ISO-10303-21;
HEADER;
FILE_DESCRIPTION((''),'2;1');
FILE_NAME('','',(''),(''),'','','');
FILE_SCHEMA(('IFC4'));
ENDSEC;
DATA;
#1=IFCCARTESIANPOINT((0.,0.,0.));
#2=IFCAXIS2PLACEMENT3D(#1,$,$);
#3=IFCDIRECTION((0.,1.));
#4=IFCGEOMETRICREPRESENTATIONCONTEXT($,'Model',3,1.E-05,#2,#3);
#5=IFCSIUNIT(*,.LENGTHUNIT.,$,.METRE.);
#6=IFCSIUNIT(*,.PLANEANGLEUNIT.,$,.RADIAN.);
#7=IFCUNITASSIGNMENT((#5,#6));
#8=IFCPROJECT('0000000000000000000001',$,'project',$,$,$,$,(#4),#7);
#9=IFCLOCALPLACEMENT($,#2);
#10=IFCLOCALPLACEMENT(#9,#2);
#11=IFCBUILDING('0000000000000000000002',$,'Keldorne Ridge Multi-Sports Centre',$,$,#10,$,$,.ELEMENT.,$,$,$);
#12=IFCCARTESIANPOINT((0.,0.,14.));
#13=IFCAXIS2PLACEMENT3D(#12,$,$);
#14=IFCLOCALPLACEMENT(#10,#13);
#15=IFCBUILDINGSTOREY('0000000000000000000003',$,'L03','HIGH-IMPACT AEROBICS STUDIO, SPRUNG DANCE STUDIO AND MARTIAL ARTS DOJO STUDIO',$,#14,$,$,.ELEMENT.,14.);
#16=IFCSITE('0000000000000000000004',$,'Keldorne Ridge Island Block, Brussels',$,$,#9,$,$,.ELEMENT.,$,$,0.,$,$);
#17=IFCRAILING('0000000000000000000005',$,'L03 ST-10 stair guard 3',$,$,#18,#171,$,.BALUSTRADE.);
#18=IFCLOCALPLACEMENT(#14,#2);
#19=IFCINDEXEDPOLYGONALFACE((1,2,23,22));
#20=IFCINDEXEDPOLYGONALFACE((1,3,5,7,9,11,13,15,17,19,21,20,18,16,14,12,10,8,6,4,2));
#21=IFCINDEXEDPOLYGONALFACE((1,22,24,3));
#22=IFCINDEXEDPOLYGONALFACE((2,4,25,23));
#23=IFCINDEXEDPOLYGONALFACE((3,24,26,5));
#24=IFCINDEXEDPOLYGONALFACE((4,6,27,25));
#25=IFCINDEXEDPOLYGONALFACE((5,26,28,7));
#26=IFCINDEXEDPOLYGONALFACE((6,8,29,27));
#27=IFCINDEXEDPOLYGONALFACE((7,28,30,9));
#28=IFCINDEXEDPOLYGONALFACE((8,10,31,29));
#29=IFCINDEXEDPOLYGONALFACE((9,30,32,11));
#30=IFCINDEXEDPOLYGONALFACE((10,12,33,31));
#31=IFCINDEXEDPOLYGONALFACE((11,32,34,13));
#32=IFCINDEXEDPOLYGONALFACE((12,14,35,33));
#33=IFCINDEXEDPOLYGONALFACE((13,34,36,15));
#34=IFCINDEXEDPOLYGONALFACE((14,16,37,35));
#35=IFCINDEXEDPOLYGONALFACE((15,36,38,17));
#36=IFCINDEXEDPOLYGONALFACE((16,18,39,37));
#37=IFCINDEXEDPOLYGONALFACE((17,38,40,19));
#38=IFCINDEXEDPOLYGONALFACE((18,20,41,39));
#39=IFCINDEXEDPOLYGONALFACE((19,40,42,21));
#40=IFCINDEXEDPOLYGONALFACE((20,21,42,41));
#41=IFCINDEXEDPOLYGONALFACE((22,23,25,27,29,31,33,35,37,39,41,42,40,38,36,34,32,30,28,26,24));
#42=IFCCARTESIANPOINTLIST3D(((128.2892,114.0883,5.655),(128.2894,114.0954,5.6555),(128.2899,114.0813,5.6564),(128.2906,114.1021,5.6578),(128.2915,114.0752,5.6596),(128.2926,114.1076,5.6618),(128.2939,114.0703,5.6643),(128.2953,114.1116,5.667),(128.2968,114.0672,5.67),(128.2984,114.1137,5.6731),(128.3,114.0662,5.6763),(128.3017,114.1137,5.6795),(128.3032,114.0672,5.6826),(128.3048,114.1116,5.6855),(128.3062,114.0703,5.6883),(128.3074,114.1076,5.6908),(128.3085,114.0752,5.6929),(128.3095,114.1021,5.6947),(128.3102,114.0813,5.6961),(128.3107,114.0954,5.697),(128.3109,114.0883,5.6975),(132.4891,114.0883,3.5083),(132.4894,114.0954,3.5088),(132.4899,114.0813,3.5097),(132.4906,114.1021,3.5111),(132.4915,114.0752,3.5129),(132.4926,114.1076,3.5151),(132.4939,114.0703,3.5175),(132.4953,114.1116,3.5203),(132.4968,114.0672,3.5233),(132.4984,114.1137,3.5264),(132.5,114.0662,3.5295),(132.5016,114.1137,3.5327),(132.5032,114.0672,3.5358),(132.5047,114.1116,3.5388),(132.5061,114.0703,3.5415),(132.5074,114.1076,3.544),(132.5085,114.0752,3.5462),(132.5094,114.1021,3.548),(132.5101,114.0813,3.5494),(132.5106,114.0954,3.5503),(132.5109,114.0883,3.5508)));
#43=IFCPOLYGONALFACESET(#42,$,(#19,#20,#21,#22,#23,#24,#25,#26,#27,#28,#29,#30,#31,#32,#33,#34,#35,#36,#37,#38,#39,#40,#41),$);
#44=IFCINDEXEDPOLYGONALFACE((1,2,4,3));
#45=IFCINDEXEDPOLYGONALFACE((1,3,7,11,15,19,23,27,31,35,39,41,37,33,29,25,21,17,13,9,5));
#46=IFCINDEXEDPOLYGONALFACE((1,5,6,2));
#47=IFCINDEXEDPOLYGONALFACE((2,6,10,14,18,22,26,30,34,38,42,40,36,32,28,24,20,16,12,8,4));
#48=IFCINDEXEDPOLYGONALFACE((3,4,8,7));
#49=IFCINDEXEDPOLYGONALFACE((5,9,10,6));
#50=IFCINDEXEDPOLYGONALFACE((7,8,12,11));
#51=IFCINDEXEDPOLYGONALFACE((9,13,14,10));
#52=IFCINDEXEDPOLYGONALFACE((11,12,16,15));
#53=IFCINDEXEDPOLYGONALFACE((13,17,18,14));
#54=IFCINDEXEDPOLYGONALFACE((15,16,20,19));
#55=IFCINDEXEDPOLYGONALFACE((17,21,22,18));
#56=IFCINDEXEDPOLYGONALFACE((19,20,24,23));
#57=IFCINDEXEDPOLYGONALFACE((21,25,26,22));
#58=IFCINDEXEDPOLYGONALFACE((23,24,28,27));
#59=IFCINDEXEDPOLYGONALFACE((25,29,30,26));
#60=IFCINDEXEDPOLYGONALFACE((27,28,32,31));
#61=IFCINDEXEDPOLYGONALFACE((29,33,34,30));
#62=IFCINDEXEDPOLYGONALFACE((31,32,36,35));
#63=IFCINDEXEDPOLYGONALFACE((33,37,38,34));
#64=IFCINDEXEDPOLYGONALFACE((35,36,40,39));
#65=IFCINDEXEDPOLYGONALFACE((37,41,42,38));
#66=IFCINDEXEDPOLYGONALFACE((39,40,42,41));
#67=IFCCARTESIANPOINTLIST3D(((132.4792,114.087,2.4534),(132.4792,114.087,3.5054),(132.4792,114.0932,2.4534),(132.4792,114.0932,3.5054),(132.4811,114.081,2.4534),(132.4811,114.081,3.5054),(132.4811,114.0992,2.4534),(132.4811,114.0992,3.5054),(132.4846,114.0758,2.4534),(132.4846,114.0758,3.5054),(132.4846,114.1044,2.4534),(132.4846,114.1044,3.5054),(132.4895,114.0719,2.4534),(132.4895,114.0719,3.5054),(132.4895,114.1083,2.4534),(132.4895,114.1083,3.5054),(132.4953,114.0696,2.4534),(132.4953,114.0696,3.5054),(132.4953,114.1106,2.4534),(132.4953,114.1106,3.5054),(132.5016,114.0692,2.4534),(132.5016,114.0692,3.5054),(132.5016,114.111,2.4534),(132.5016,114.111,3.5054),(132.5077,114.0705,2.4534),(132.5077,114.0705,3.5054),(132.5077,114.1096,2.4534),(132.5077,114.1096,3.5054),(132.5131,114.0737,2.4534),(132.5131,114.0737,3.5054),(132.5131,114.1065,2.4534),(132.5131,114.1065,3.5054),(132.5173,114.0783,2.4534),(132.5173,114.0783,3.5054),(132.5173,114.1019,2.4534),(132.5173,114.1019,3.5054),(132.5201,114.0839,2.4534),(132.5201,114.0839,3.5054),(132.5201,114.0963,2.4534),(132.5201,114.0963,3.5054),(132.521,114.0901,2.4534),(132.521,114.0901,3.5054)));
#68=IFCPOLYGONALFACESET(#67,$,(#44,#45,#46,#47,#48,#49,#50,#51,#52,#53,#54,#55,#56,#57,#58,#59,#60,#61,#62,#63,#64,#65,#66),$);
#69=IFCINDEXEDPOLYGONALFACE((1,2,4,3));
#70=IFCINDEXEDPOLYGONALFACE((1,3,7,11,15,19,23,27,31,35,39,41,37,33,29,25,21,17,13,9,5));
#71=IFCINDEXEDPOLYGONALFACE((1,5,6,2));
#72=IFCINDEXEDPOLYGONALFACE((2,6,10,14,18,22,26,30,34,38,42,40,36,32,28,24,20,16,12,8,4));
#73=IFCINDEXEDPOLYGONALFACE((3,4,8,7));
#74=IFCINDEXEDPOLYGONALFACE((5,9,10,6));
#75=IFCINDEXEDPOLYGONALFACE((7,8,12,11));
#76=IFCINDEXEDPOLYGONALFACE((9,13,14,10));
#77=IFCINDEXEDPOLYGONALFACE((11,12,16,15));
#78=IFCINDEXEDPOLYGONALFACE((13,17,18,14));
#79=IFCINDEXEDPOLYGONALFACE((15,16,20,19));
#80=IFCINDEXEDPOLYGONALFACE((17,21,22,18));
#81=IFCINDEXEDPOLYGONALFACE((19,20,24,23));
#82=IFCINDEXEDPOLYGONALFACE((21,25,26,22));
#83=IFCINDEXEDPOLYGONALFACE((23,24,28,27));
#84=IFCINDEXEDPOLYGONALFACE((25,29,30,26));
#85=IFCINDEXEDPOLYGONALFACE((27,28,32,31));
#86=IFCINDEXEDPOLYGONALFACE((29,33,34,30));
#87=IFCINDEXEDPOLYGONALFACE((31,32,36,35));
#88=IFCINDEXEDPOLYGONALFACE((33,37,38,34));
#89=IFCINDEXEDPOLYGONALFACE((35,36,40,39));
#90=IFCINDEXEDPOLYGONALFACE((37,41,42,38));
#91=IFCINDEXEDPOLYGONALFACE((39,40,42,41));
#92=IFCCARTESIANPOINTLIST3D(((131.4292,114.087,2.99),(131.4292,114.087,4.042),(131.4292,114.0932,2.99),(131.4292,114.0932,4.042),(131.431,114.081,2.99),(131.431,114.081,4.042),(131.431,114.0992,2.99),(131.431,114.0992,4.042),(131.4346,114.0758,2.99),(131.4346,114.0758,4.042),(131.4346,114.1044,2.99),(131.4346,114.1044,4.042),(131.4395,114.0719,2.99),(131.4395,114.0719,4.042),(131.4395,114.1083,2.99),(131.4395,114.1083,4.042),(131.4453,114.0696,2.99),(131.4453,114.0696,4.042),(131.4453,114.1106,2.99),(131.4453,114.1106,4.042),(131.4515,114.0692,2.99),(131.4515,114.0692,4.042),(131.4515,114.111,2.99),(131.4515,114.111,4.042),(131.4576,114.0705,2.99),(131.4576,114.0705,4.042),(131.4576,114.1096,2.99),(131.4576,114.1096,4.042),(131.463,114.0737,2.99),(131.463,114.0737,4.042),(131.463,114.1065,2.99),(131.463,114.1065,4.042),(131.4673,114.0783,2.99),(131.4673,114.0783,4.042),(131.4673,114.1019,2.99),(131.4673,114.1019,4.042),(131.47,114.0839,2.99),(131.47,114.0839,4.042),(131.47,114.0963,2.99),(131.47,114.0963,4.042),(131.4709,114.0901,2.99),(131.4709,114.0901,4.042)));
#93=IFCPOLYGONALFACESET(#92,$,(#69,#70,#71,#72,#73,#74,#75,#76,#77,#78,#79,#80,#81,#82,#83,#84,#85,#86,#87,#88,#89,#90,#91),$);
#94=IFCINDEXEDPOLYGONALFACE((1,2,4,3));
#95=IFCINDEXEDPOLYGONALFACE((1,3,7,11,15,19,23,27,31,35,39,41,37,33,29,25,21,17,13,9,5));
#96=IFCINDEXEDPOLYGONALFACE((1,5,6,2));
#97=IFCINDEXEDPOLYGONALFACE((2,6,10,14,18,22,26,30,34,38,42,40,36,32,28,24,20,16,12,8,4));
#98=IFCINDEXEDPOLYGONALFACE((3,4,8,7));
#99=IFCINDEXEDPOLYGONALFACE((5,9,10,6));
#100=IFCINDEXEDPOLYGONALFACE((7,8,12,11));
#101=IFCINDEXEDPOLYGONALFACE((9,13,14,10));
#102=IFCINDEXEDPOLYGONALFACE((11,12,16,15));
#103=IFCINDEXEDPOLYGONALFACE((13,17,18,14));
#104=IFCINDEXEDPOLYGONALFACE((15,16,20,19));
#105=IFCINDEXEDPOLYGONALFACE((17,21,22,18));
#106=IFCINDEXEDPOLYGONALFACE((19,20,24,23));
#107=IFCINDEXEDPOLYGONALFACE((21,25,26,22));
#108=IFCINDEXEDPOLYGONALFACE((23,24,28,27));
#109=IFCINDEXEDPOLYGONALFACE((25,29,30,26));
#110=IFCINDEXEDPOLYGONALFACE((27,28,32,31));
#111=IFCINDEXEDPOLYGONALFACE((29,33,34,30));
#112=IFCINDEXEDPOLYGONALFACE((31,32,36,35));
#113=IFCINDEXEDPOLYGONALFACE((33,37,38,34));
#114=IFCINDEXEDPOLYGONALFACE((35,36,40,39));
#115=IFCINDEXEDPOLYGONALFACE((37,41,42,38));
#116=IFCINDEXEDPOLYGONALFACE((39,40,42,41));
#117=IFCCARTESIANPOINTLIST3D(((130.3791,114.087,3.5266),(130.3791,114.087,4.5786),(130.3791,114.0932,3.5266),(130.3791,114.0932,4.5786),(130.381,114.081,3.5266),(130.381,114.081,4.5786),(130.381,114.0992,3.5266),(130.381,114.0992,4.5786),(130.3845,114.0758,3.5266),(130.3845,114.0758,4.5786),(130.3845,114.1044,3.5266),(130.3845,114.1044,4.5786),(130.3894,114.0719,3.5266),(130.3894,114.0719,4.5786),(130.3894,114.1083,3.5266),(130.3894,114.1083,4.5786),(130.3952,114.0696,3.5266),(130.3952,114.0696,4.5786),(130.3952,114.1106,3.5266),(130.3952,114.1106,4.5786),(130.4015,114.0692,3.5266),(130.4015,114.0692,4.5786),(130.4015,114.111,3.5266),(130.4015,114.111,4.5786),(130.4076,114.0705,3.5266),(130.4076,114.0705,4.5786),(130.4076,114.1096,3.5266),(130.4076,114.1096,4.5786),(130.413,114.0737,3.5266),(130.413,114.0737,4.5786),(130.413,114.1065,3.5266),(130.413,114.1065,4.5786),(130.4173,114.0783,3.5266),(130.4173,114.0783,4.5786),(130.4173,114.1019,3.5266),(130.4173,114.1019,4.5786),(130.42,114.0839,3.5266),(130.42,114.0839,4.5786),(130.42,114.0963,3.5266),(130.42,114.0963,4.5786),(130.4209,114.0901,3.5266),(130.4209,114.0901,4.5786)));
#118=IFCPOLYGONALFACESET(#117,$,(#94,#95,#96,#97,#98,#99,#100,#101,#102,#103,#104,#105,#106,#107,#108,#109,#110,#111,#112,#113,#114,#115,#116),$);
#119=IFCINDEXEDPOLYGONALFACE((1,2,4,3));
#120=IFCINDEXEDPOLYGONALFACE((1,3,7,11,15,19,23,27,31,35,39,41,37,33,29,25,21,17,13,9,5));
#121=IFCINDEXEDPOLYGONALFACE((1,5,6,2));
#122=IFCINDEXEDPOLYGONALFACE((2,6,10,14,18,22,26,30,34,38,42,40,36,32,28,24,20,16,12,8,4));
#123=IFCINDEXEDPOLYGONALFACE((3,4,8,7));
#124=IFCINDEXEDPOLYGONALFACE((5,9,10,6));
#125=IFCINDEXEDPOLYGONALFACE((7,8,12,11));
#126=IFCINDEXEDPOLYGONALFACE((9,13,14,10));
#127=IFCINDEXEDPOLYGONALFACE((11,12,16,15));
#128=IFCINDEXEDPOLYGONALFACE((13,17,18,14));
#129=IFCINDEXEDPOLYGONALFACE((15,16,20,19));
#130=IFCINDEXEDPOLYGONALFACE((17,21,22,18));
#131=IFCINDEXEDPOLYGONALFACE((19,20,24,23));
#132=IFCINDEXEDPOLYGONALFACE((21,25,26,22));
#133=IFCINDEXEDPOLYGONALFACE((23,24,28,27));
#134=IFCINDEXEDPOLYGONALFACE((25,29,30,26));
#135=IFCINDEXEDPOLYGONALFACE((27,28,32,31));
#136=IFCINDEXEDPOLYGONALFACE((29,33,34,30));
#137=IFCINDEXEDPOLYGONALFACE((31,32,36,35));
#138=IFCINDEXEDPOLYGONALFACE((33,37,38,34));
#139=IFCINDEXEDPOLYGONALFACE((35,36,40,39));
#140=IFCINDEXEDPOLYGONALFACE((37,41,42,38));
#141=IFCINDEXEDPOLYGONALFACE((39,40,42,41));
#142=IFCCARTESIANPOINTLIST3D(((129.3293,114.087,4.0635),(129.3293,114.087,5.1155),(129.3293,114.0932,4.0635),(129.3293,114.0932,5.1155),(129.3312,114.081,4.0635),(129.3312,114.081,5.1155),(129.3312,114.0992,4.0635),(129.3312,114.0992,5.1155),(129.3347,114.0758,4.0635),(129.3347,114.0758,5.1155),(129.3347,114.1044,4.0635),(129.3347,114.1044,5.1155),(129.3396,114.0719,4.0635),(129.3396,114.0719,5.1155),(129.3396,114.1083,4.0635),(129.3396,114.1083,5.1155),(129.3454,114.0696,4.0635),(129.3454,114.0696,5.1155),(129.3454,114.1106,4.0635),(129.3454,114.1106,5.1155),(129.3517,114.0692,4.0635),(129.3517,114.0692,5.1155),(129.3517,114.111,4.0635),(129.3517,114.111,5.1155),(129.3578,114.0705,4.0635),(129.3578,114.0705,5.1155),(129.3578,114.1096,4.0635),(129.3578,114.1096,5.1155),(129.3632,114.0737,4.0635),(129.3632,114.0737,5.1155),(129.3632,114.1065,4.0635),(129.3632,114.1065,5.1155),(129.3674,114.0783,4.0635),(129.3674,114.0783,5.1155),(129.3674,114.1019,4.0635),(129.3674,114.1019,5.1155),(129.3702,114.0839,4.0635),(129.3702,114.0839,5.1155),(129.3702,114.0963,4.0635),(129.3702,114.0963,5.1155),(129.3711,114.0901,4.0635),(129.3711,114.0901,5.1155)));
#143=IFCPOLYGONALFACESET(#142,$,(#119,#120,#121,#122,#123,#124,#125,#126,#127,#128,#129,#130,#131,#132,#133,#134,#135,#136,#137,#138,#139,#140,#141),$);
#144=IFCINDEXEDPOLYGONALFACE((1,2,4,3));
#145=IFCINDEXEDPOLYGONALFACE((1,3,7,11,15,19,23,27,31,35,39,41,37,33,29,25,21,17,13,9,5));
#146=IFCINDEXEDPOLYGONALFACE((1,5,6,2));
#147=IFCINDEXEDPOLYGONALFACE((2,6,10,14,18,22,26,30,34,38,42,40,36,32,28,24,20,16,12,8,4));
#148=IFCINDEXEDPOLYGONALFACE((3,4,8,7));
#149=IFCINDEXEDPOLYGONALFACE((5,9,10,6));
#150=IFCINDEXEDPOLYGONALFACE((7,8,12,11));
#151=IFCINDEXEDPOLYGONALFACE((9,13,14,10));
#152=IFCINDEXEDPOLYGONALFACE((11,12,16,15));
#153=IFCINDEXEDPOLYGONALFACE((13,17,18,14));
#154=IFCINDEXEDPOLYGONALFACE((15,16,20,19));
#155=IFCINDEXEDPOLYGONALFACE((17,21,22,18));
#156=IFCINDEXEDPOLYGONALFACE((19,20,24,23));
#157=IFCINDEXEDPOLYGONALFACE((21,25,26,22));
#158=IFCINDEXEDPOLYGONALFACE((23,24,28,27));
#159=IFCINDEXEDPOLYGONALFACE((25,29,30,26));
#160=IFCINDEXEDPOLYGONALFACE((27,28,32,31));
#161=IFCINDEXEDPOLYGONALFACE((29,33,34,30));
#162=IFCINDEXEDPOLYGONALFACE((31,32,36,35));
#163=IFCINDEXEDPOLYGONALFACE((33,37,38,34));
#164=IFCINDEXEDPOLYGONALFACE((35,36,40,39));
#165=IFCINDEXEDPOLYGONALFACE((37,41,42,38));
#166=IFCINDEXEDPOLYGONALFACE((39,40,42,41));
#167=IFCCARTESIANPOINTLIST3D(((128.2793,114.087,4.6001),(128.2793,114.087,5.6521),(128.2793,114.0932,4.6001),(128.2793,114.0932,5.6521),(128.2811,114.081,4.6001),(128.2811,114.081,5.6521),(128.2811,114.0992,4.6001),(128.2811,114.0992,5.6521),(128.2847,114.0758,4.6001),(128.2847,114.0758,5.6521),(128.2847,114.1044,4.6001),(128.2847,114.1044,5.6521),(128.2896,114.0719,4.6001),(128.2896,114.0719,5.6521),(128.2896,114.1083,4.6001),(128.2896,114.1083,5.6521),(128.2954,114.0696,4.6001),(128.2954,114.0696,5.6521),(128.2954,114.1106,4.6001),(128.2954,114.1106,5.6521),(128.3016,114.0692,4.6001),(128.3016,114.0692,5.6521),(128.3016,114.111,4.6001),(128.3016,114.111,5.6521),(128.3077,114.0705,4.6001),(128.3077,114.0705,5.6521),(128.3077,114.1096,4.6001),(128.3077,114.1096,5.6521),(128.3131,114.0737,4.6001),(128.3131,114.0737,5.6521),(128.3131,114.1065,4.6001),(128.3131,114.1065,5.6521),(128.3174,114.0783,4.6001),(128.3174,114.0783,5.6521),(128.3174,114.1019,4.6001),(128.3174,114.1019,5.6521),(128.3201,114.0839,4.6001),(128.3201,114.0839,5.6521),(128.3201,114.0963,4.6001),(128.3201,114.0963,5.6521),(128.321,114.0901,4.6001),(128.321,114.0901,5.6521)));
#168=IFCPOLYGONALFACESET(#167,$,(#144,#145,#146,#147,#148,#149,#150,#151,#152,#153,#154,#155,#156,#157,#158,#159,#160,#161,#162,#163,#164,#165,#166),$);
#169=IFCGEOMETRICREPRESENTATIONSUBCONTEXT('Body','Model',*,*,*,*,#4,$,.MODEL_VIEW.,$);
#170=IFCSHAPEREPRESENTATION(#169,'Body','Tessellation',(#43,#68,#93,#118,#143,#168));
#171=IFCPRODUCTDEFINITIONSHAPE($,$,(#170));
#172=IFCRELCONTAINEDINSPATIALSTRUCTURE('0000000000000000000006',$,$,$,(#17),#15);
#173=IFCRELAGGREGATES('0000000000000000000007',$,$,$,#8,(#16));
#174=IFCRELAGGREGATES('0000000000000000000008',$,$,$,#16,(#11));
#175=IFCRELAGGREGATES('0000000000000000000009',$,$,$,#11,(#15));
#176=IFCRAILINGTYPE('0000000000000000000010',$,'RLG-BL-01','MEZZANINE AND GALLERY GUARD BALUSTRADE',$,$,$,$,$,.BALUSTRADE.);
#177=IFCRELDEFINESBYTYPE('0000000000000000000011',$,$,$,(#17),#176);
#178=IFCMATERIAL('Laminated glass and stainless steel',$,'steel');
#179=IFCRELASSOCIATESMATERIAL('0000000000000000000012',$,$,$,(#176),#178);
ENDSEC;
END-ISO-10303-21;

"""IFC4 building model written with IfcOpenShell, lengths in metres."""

from ifc_helpers import new_model, si_unit, direction, frame, origin, origin_2d, place, context, subcontext, project, spatial, circle, extrude, material, type_object, element, save


model = new_model("IFC4")

# Units and contexts
model_context = context("Model", 3, precision=1e-05, world=origin(), true_north=direction((0.0, 1.0)))
body_context = subcontext(model_context, "Body", "Model", "MODEL_VIEW")
ifc_project = project(units=[si_unit("LENGTHUNIT", "METRE"), si_unit("PLANEANGLEUNIT", "RADIAN")], contexts=[model_context])

# Site, building, storey
site_placement = place(None, origin())
site = spatial("IfcSite", under=ifc_project, at=site_placement, Name="Keldorne Ridge Island Block, Brussels", CompositionType="ELEMENT", RefElevation=0.0)
building_placement = place(site_placement, origin())
building = spatial("IfcBuilding", under=site, at=building_placement, Name="Keldorne Ridge Multi-Sports Centre", CompositionType="ELEMENT")
storey_placement = place(building_placement, frame((0.0, 0.0, 14.0)))
storey = spatial("IfcBuildingStorey", under=building, at=storey_placement, Name="L03", Description="HIGH-IMPACT AEROBICS STUDIO, SPRUNG DANCE STUDIO AND MARTIAL ARTS DOJO STUDIO", CompositionType="ELEMENT", Elevation=14.0)

# Railing
ifc_material_1 = material(Name="Laminated glass and stainless steel", Category="steel")
railing_type_1 = type_object("IfcRailingType", Name="RLG-BL-01", Description="MEZZANINE AND GALLERY GUARD BALUSTRADE", PredefinedType="BALUSTRADE", material=ifc_material_1)
railing_1_placement = place(storey_placement, frame((132.5, 114.0901, 2.4534)))
element("IfcRailing", 1, at=railing_1_placement, inside=storey, type_object=railing_type_1, Name="L03 ST-10 stair guard 3", PredefinedType="BALUSTRADE", context=body_context, shape_type="SweptSolid", body=[
    extrude(circle(Radius=0.0239, at=origin_2d()), frame((0.0, 0.0, 1.0762), z_axis=(-0.890427, 0.0, 0.455126), x_axis=(0.0, -1.0, 0.0)), (0.0, 0.0, 1.0), 4.7168),
    extrude(circle(Radius=0.021, at=origin_2d()), origin(), (0.0, 0.0, 1.0), 1.052),
    extrude(circle(Radius=0.021, at=origin_2d()), frame((-1.05, 0.0, 0.5366)), (0.0, 0.0, 1.0), 1.052),
    extrude(circle(Radius=0.021, at=origin_2d()), frame((-2.1001, 0.0, 1.0732)), (0.0, 0.0, 1.0), 1.052),
    extrude(circle(Radius=0.021, at=origin_2d()), frame((-3.1499, 0.0, 1.6101)), (0.0, 0.0, 1.0), 1.052),
    extrude(circle(Radius=0.021, at=origin_2d()), frame((-4.2, 0.0, 2.1467)), (0.0, 0.0, 1.0), 1.052),
])

save(model, "model.ifc")
